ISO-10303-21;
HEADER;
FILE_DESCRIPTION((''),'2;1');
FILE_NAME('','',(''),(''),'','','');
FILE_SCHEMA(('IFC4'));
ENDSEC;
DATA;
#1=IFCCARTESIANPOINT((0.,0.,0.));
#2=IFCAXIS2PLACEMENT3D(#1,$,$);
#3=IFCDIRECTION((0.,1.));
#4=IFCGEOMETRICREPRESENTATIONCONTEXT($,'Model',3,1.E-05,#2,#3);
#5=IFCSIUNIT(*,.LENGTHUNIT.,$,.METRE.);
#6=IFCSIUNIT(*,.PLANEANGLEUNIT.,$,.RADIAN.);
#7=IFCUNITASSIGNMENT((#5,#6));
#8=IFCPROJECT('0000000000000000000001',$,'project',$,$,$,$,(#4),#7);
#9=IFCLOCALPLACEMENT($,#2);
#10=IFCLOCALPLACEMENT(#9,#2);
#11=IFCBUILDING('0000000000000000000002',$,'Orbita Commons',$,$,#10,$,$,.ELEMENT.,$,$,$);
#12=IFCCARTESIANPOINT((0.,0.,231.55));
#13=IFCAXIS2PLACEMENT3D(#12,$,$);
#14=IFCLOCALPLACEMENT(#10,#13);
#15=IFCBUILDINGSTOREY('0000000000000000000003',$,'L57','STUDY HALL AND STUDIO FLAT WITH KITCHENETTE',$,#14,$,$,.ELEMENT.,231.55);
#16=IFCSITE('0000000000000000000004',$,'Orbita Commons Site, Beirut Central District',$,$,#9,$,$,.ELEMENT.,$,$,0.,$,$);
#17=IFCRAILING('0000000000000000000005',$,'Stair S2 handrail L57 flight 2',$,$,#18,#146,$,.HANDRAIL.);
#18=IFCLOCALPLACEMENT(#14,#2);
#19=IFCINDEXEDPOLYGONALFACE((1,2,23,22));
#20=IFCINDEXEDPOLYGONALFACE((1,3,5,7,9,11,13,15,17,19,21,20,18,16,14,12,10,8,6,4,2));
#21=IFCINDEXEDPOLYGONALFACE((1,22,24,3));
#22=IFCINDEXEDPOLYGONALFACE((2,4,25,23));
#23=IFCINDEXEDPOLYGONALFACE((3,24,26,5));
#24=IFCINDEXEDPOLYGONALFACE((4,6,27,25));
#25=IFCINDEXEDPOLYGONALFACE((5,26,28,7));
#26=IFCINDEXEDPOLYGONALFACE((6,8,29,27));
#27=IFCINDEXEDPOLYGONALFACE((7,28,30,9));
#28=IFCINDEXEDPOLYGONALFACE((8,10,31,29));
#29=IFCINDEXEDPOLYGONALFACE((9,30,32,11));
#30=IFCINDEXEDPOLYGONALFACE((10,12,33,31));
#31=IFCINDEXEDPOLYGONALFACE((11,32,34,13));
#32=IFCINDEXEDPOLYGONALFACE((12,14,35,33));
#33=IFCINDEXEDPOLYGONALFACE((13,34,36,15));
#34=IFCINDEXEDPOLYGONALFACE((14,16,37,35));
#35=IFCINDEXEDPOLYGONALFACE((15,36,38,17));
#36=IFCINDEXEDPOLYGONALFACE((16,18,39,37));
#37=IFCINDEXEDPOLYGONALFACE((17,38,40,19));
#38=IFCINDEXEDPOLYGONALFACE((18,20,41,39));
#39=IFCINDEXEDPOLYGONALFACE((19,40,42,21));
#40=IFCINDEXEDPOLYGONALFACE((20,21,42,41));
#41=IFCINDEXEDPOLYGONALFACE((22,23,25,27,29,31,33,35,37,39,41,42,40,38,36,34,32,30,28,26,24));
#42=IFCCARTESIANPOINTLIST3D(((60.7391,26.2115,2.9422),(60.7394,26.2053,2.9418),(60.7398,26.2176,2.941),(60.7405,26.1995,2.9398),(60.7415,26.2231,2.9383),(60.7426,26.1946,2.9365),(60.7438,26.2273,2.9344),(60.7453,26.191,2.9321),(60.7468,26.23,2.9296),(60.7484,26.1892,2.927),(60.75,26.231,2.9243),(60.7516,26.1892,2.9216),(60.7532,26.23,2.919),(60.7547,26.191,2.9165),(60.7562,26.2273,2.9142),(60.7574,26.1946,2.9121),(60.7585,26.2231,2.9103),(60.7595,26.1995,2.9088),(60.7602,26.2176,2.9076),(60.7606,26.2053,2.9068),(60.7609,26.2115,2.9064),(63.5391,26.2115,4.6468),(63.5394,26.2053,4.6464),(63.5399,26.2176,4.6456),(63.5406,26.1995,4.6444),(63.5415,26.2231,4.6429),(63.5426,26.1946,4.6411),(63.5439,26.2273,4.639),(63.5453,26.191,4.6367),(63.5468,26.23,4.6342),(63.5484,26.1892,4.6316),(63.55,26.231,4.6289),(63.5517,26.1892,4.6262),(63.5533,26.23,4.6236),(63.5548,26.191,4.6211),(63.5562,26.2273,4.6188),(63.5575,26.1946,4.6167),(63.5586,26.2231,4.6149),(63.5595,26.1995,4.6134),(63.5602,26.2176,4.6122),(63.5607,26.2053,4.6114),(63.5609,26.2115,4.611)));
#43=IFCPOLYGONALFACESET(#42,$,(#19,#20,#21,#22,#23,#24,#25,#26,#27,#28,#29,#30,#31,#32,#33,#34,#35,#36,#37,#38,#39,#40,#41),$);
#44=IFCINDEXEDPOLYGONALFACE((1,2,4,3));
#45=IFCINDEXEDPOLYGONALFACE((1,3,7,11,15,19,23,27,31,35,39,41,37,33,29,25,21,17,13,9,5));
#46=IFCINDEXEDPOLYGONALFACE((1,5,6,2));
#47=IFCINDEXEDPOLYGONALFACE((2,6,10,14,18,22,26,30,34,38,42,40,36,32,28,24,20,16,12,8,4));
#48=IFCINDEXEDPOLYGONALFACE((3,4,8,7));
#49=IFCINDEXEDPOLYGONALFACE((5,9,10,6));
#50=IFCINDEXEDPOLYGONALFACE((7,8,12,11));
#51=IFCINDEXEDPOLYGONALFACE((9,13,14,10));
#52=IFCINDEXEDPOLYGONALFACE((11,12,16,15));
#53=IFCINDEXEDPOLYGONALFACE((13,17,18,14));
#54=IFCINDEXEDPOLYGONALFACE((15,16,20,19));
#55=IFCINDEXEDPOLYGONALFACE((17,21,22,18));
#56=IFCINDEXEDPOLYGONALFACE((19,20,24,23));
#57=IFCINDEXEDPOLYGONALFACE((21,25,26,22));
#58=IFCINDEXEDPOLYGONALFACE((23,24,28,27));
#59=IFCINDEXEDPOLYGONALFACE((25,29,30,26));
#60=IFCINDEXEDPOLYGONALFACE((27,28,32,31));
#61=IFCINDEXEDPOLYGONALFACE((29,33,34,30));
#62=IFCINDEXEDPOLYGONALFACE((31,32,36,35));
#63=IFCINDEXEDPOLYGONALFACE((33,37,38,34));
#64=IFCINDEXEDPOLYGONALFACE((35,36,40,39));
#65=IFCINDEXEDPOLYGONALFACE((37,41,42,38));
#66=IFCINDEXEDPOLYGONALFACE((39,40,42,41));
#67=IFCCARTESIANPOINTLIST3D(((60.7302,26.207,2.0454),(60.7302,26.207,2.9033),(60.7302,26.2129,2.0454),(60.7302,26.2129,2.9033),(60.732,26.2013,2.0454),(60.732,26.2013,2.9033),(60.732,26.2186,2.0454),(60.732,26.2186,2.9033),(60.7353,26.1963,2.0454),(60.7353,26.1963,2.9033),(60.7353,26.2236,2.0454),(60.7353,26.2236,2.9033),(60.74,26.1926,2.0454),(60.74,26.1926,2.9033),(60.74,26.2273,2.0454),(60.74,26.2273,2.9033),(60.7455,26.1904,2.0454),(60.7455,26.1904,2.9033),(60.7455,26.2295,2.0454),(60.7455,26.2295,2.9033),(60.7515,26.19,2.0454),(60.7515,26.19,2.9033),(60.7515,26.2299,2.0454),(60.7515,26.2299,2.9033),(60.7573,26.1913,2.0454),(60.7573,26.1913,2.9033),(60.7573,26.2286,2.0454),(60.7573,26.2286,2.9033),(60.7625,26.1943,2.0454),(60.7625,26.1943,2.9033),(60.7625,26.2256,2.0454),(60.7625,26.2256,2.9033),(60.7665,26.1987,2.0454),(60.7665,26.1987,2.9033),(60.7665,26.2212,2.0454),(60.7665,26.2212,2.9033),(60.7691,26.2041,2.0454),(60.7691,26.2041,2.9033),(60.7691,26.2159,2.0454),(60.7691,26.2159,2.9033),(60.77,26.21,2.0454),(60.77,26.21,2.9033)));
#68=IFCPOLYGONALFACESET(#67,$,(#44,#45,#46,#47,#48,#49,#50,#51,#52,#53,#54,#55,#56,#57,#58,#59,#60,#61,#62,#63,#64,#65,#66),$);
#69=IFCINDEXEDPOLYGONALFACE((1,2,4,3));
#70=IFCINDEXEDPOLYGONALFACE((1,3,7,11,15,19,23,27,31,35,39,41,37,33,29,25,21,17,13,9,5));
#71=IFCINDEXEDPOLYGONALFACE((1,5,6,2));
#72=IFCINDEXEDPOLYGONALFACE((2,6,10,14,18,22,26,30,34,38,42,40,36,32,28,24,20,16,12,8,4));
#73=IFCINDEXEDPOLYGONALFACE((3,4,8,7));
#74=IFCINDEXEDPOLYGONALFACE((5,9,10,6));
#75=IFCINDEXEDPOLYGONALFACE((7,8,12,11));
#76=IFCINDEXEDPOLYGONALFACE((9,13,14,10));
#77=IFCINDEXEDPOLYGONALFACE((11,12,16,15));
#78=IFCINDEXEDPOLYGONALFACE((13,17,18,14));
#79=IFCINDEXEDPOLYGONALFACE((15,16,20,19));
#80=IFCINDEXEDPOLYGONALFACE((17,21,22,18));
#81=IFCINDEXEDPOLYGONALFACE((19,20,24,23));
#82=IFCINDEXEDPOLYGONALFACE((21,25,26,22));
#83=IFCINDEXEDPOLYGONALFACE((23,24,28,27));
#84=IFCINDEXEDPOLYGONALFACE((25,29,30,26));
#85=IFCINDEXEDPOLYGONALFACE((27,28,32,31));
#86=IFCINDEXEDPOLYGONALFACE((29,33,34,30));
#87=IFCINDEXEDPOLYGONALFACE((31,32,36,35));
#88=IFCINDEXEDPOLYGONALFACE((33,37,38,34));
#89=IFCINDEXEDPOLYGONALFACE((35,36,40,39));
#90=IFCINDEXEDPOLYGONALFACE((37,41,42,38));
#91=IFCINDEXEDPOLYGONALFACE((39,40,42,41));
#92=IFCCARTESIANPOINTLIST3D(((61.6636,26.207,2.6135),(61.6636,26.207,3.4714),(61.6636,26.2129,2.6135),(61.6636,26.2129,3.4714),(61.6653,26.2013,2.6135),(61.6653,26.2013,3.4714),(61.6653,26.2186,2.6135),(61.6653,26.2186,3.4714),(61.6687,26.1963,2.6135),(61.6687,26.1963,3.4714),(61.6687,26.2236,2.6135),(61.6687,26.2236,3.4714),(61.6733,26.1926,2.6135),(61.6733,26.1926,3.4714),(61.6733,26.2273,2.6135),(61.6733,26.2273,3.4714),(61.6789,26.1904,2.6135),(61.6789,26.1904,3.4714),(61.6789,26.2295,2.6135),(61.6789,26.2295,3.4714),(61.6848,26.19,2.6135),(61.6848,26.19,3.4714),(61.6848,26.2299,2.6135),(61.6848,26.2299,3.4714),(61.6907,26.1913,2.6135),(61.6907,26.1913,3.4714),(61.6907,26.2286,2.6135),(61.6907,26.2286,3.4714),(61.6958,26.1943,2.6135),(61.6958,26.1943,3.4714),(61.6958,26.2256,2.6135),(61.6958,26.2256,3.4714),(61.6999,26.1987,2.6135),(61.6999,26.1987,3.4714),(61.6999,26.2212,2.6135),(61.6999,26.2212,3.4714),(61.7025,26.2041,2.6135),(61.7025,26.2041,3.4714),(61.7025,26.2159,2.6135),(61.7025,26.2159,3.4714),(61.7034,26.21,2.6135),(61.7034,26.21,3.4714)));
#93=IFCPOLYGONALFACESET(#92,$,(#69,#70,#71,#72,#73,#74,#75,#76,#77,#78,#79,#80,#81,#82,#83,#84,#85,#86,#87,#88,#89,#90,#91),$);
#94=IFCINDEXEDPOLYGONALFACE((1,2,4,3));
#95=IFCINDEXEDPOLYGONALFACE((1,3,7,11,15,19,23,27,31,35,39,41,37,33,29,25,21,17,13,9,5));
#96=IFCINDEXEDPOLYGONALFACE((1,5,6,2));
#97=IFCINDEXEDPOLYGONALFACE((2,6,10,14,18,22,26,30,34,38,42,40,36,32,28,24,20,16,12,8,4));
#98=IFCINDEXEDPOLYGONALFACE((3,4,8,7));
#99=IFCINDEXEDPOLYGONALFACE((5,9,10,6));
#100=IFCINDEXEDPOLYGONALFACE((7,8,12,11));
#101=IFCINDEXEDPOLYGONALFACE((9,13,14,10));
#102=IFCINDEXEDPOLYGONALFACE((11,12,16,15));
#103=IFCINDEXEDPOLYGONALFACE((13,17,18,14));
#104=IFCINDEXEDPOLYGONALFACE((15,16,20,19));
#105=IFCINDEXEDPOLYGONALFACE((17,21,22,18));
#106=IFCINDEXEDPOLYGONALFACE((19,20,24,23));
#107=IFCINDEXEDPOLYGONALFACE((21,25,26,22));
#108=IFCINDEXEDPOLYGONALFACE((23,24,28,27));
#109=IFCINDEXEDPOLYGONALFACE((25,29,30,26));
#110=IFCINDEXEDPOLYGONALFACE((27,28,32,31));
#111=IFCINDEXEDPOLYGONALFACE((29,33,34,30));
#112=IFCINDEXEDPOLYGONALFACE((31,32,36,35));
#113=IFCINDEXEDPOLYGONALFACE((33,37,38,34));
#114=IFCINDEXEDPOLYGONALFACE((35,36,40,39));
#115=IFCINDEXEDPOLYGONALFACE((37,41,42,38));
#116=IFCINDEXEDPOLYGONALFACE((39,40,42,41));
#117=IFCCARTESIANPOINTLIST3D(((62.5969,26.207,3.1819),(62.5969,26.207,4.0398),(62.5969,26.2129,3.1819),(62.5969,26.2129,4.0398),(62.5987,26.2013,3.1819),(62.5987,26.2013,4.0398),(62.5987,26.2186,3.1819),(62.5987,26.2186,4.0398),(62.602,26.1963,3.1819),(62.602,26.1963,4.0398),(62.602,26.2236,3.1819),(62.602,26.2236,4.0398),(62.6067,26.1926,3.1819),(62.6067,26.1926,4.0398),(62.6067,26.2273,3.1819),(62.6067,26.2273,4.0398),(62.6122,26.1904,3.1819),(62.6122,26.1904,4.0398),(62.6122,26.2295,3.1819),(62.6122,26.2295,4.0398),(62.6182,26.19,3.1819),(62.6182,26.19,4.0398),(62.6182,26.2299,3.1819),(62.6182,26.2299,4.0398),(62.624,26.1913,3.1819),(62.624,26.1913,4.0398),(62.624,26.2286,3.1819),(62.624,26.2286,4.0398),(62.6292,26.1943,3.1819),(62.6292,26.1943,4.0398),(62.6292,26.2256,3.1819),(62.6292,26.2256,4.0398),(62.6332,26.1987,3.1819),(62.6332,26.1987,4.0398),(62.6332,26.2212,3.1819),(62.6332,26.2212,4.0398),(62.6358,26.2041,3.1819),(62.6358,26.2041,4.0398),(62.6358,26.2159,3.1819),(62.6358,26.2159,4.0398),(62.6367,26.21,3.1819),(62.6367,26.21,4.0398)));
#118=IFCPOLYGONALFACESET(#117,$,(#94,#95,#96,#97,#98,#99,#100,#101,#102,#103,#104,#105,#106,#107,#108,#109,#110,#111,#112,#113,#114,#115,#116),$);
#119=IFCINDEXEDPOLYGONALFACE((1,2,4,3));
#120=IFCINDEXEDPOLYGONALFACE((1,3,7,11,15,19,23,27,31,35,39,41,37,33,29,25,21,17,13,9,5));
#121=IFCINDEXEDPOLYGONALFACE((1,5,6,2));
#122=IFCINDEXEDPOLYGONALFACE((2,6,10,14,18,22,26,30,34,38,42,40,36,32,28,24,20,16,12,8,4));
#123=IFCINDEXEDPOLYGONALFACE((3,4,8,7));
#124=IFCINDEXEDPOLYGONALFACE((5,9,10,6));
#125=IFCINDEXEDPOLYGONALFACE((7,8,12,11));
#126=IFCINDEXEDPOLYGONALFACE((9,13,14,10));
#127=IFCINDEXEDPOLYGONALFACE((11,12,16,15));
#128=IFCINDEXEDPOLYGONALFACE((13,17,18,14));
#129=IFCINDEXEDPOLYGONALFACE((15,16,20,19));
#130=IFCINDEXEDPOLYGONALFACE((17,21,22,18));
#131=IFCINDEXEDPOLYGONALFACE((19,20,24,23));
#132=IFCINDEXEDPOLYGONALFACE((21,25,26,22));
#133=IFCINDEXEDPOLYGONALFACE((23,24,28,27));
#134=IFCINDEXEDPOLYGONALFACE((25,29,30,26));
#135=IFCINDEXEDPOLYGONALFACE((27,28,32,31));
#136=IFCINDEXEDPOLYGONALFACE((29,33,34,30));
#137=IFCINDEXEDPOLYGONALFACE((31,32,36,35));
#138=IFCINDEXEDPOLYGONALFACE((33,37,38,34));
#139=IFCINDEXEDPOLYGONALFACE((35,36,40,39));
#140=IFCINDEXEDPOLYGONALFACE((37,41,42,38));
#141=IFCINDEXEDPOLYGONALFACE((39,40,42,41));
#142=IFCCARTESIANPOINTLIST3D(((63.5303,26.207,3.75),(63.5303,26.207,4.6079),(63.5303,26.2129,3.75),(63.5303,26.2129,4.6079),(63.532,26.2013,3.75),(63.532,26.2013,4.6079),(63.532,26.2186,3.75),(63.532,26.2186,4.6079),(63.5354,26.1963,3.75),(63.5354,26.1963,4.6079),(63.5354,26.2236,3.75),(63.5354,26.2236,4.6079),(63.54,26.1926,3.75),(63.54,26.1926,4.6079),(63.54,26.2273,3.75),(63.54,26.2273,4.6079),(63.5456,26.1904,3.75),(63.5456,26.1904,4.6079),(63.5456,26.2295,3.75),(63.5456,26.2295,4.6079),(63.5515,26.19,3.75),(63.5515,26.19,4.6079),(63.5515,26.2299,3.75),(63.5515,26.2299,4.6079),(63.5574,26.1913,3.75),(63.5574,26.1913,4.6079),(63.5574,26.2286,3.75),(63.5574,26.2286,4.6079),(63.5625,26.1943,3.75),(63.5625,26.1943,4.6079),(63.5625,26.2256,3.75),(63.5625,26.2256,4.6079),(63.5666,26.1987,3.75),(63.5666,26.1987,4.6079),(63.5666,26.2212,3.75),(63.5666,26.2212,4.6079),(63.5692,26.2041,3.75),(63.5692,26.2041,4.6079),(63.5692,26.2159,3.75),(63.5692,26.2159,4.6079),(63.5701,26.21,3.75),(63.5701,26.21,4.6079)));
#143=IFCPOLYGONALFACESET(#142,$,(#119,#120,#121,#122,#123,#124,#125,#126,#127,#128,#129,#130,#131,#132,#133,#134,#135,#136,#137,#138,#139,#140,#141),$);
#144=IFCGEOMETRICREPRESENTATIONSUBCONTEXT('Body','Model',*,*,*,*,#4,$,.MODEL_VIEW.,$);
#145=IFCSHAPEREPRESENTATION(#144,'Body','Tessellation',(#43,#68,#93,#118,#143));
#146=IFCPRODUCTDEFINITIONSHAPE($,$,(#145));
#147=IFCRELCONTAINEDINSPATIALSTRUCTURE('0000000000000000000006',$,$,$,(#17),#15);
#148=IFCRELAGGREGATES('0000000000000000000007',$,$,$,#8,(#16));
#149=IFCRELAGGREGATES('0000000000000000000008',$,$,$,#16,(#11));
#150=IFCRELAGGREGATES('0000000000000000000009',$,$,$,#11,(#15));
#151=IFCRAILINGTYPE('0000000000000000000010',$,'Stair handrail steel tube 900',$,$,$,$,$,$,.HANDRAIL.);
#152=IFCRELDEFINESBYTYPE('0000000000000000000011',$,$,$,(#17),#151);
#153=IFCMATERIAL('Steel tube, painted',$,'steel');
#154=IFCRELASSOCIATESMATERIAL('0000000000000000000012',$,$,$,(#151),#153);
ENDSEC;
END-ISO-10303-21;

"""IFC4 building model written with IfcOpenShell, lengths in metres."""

from ifc_helpers import new_model, si_unit, direction, frame, origin, origin_2d, place, context, subcontext, project, spatial, circle, extrude, material, type_object, element, save


model = new_model("IFC4")

# Units and contexts
model_context = context("Model", 3, precision=1e-05, world=origin(), true_north=direction((0.0, 1.0)))
body_context = subcontext(model_context, "Body", "Model", "MODEL_VIEW")
ifc_project = project(units=[si_unit("LENGTHUNIT", "METRE"), si_unit("PLANEANGLEUNIT", "RADIAN")], contexts=[model_context])

# Site, building, storey
site_placement = place(None, origin())
site = spatial("IfcSite", under=ifc_project, at=site_placement, Name="Orbita Commons Site, Beirut Central District", CompositionType="ELEMENT", RefElevation=0.0)
building_placement = place(site_placement, origin())
building = spatial("IfcBuilding", under=site, at=building_placement, Name="Orbita Commons", CompositionType="ELEMENT")
storey_placement = place(building_placement, frame((0.0, 0.0, 231.55)))
storey = spatial("IfcBuildingStorey", under=building, at=storey_placement, Name="L57", Description="STUDY HALL AND STUDIO FLAT WITH KITCHENETTE", CompositionType="ELEMENT", Elevation=231.55)

# Railing
ifc_material_1 = material(Name="Steel tube, painted", Category="steel")
railing_type = type_object("IfcRailingType", Name="Stair handrail steel tube 900", PredefinedType="HANDRAIL", material=ifc_material_1)
for number, where, name in (
    (1, (60.75, 26.21, 2.0454), "Stair S2 handrail L57 flight 2"),
):
    element("IfcRailing", number, at=place(storey_placement, frame(where)), inside=storey, type_object=railing_type, Name=name, PredefinedType="HANDRAIL", context=body_context, shape_type="SweptSolid", body=[
        extrude(circle(Radius=0.021, at=origin_2d()), frame((0.0, 0.0, 0.8789), z_axis=(0.85417, 0.0, 0.519994), x_axis=(0.0, 1.0, 0.0)), (0.0, 0.0, 1.0), 3.2781),
        extrude(circle(Radius=0.02, at=origin_2d()), origin(), (0.0, 0.0, 1.0), 0.8579),
        extrude(circle(Radius=0.02, at=origin_2d()), frame((0.9333, 0.0, 0.5681)), (0.0, 0.0, 1.0), 0.8579),
        extrude(circle(Radius=0.02, at=origin_2d()), frame((1.8667, 0.0, 1.1365)), (0.0, 0.0, 1.0), 0.8579),
        extrude(circle(Radius=0.02, at=origin_2d()), frame((2.8, 0.0, 1.7046)), (0.0, 0.0, 1.0), 0.8579),
    ])

save(model, "model.ifc")
